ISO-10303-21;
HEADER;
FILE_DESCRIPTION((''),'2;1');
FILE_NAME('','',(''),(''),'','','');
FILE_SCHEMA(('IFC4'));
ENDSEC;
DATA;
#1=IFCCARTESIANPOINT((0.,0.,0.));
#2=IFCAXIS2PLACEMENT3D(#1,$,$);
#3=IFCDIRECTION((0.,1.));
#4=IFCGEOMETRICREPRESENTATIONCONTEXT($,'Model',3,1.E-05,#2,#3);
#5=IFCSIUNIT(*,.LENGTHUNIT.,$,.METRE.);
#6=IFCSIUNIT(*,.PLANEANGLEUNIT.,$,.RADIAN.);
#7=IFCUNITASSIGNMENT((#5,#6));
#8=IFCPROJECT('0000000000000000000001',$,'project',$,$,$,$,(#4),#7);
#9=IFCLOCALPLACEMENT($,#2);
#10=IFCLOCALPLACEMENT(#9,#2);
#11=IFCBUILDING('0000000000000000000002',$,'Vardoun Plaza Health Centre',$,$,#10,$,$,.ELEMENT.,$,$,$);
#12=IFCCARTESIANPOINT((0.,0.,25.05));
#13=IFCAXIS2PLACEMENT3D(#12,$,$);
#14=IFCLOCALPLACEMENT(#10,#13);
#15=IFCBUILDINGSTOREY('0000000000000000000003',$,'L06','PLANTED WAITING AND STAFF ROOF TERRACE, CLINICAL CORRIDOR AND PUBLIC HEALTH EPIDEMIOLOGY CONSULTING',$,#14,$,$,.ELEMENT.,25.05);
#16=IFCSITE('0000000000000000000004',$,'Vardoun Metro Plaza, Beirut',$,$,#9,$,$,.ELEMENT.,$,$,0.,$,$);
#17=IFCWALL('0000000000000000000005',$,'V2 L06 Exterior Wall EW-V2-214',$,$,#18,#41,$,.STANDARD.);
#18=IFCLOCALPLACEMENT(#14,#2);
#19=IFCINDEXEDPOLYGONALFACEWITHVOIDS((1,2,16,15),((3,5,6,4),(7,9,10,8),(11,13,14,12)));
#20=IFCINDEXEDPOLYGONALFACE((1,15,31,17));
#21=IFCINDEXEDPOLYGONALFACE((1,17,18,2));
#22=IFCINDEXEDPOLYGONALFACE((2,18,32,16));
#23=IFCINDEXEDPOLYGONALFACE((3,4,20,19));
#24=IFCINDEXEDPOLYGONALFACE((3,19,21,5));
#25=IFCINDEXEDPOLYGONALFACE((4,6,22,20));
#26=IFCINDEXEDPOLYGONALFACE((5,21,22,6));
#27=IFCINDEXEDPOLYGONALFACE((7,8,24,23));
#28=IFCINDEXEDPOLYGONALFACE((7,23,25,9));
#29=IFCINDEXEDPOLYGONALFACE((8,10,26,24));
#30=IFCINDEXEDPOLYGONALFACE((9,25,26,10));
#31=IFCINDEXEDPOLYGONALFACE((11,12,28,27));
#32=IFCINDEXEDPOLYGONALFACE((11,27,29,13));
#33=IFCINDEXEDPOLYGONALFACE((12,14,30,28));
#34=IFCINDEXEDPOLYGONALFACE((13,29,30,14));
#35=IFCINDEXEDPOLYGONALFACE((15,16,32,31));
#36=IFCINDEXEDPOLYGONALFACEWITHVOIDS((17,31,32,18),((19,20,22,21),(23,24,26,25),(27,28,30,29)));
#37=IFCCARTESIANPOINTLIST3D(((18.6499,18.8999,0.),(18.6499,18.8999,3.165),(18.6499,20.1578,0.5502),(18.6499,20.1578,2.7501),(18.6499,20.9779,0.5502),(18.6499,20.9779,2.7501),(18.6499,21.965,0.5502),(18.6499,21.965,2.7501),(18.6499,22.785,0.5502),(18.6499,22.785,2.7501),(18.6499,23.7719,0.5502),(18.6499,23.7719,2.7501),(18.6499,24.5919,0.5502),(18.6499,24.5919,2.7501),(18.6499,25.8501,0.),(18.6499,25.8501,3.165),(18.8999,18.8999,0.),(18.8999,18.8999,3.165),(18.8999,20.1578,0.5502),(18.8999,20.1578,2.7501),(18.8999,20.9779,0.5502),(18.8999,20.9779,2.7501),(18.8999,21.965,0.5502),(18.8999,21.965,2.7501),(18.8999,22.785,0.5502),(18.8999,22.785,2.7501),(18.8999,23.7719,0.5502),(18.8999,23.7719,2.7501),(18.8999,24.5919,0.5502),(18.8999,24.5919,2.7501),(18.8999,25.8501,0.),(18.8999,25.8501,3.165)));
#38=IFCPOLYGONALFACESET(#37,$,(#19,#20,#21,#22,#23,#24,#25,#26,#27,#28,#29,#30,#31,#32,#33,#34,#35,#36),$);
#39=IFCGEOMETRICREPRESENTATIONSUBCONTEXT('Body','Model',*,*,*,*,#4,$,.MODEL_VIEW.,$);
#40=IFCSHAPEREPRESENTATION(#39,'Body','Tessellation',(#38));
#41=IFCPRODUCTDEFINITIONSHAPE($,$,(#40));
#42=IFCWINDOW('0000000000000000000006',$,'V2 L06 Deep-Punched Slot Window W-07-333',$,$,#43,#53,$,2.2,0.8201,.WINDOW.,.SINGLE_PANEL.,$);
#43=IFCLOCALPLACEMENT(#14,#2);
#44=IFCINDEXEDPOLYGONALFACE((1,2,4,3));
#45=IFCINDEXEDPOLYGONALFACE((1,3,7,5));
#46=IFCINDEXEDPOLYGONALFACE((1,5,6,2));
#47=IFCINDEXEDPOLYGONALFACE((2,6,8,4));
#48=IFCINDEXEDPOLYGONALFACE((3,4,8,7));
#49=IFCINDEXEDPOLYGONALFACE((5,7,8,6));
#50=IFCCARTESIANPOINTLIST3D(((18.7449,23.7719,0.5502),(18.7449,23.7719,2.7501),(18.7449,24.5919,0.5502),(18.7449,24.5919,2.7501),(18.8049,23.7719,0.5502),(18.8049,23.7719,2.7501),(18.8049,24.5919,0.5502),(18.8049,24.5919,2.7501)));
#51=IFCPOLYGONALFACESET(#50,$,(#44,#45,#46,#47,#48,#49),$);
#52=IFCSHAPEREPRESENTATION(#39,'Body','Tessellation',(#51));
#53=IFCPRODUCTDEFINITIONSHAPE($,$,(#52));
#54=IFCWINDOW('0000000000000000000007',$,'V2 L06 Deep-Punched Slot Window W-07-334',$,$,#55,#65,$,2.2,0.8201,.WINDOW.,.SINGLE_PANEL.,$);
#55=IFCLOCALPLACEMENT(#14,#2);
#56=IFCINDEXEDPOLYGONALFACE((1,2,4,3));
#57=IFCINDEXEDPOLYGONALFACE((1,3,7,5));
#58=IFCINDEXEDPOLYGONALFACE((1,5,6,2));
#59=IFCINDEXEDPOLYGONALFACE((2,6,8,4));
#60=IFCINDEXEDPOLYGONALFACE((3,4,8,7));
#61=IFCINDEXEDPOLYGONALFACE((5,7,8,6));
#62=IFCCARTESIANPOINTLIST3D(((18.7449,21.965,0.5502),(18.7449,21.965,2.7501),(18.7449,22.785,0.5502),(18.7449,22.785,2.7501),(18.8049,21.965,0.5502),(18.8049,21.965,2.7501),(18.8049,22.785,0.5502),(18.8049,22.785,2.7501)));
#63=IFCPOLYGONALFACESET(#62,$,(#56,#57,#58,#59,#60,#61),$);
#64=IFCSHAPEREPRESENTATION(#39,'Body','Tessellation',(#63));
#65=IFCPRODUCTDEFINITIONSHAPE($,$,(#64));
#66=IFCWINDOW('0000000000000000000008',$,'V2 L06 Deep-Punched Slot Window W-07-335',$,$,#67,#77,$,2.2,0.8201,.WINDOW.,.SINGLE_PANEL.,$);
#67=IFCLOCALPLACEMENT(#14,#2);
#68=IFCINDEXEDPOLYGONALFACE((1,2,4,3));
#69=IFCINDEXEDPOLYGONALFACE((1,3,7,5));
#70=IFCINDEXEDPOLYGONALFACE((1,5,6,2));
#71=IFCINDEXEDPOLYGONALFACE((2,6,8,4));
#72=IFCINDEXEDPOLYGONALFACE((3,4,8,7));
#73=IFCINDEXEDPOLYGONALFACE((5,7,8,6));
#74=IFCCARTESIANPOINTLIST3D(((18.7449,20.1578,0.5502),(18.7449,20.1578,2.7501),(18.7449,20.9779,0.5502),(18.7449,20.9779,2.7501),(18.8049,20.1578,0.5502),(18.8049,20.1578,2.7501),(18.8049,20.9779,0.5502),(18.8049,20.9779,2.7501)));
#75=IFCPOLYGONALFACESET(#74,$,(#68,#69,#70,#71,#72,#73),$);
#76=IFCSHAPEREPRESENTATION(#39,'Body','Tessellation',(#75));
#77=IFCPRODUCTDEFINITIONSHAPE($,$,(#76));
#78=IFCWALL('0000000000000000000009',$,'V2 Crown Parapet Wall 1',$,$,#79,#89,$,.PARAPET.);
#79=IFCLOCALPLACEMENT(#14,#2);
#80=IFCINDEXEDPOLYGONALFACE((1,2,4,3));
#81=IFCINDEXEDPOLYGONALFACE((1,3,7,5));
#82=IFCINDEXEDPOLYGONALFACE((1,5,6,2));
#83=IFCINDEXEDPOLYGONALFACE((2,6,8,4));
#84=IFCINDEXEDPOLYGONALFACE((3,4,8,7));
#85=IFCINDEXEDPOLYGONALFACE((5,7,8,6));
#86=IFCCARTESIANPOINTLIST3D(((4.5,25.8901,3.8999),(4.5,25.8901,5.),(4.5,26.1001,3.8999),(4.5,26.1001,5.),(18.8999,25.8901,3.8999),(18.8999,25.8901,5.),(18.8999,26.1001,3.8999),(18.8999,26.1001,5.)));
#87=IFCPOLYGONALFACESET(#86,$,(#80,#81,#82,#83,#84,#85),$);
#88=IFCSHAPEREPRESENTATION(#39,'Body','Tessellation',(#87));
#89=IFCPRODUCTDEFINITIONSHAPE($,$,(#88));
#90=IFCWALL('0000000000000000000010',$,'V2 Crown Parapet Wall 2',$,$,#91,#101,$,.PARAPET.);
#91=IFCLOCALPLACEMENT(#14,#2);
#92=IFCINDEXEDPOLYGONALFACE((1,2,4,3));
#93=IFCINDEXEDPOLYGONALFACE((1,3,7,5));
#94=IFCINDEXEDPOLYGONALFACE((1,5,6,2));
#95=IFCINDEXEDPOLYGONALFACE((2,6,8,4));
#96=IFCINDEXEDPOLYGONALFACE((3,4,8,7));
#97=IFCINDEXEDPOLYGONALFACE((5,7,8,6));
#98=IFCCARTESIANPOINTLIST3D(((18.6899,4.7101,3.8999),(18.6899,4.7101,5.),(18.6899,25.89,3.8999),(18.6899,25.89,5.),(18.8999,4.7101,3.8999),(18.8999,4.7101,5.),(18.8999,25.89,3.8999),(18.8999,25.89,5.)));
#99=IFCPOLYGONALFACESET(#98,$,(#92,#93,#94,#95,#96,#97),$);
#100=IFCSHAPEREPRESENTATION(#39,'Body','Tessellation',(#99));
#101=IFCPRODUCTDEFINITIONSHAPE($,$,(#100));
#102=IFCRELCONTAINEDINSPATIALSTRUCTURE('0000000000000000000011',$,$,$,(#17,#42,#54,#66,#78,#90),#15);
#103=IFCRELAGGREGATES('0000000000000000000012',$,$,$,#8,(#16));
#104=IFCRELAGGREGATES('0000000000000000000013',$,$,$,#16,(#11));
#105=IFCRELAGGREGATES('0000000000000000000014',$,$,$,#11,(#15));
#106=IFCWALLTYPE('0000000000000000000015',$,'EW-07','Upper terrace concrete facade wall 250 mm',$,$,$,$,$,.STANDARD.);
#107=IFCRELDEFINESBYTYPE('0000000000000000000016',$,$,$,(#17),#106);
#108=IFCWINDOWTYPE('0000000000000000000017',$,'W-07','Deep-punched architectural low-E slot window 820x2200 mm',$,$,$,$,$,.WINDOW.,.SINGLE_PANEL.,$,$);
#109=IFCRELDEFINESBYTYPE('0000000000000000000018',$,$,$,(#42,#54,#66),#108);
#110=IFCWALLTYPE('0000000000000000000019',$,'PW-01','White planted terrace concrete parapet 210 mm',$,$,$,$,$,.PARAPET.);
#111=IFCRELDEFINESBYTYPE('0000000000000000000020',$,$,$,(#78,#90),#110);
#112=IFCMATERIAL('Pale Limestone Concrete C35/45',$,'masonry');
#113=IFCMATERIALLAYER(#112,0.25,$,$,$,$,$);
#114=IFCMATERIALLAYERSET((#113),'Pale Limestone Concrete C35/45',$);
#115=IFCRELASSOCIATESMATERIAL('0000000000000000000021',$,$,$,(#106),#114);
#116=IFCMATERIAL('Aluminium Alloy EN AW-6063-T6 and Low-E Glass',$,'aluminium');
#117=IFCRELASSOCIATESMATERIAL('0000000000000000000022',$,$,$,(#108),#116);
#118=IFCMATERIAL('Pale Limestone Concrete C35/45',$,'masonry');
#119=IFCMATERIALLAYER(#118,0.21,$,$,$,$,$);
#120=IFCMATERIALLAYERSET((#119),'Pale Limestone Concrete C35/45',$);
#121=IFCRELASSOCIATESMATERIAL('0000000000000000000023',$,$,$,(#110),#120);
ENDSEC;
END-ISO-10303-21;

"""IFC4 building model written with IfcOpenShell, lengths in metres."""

from ifc_helpers import new_model, si_unit, direction, frame, frame_2d, origin, place, context, subcontext, project, spatial, rectangle, extrude, material, layer, layer_set, type_object, element, fill, save


model = new_model("IFC4")

# Units and contexts
model_context = context("Model", 3, precision=1e-05, world=origin(), true_north=direction((0.0, 1.0)))
body_context = subcontext(model_context, "Body", "Model", "MODEL_VIEW")
ifc_project = project(units=[si_unit("LENGTHUNIT", "METRE"), si_unit("PLANEANGLEUNIT", "RADIAN")], contexts=[model_context])

# Site, building, storey
site_placement = place(None, origin())
site = spatial("IfcSite", under=ifc_project, at=site_placement, Name="Vardoun Metro Plaza, Beirut", CompositionType="ELEMENT", RefElevation=0.0)
building_placement = place(site_placement, origin())
building = spatial("IfcBuilding", under=site, at=building_placement, Name="Vardoun Plaza Health Centre", CompositionType="ELEMENT")
storey_placement = place(building_placement, frame((0.0, 0.0, 25.05)))
storey = spatial("IfcBuildingStorey", under=building, at=storey_placement, Name="L06", Description="PLANTED WAITING AND STAFF ROOF TERRACE, CLINICAL CORRIDOR AND PUBLIC HEALTH EPIDEMIOLOGY CONSULTING", CompositionType="ELEMENT", Elevation=25.05)

# Shared definitions
ifc_material_1 = material(Name="Pale Limestone Concrete C35/45", Category="masonry")
ifc_layer_1 = layer(ifc_material_1, 0.25)
ifc_layer_set_1 = layer_set([ifc_layer_1], Name="Pale Limestone Concrete C35/45")
wall_type_1 = type_object("IfcWallType", Name="EW-07", Description="Upper terrace concrete facade wall 250 mm", PredefinedType="STANDARD", material=ifc_layer_set_1)

# Wall, openings, windows
wall_1_placement = place(storey_placement, frame((18.7749, 25.8501, 0.0), z_axis=(0.0, 0.0, 1.0), x_axis=(0.0, -1.0, 0.0)))
wall_1 = element("IfcWall", 1, at=wall_1_placement, inside=storey, type_object=wall_type_1, Name="V2 L06 Exterior Wall EW-V2-214", PredefinedType="STANDARD", context=body_context, shape_type="SweptSolid", body=[
    extrude(rectangle(XDim=6.9502, YDim=0.25, at=frame_2d((3.4751, 0.0))), origin(), (0.0, 0.0, 1.0), 3.165),
])
opening_1_placement = place(wall_1_placement, frame((1.2581, 0.0, 0.55)))
opening_1 = element("IfcOpeningElement", 2, at=opening_1_placement, cuts=wall_1, PredefinedType="OPENING", context=body_context, shape_type="SweptSolid", body=[
    extrude(rectangle(XDim=0.8201, YDim=2.2, at=frame_2d((0.4102, 1.1001))), frame((0.0, 0.125, 0.0), z_axis=(0.0, -1.0, 0.0), x_axis=(1.0, 0.0, 0.0)), (0.0, 0.0, 1.0), 0.25),
])
opening_2_placement = place(wall_1_placement, frame((3.0649, 0.0, 0.55)))
opening_2 = element("IfcOpeningElement", 3, at=opening_2_placement, cuts=wall_1, PredefinedType="OPENING", context=body_context, shape_type="SweptSolid", body=[
    extrude(rectangle(XDim=0.8201, YDim=2.2, at=frame_2d((0.4102, 1.1001))), frame((0.0, 0.125, 0.0), z_axis=(0.0, -1.0, 0.0), x_axis=(1.0, 0.0, 0.0)), (0.0, 0.0, 1.0), 0.25),
])
opening_3_placement = place(wall_1_placement, frame((4.8721, 0.0, 0.55)))
opening_3 = element("IfcOpeningElement", 4, at=opening_3_placement, cuts=wall_1, PredefinedType="OPENING", context=body_context, shape_type="SweptSolid", body=[
    extrude(rectangle(XDim=0.8201, YDim=2.2, at=frame_2d((0.4102, 1.1001))), frame((0.0, 0.125, 0.0), z_axis=(0.0, -1.0, 0.0), x_axis=(1.0, 0.0, 0.0)), (0.0, 0.0, 1.0), 0.25),
])
ifc_material_2 = material(Name="Aluminium Alloy EN AW-6063-T6 and Low-E Glass", Category="aluminium")
window_type_1 = type_object("IfcWindowType", Name="W-07", Description="Deep-punched architectural low-E slot window 820x2200 mm", PartitioningType="SINGLE_PANEL", PredefinedType="WINDOW", material=ifc_material_2)
window_1_placement = place(opening_1_placement, origin())
window_1 = element("IfcWindow", 5, at=window_1_placement, inside=storey, type_object=window_type_1, Name="V2 L06 Deep-Punched Slot Window W-07-333", OverallHeight=2.2, OverallWidth=0.8201, PartitioningType="SINGLE_PANEL", PredefinedType="WINDOW", context=body_context, shape_type="SweptSolid", body=[
    extrude(rectangle(XDim=0.8201, YDim=2.2, at=frame_2d((0.4102, 1.1001))), frame((0.0, 0.03, 0.0), z_axis=(0.0, -1.0, 0.0), x_axis=(1.0, 0.0, 0.0)), (0.0, 0.0, 1.0), 0.0601),
])
fill(opening_1, window_1)
window_2_placement = place(opening_2_placement, origin())
window_2 = element("IfcWindow", 6, at=window_2_placement, inside=storey, type_object=window_type_1, Name="V2 L06 Deep-Punched Slot Window W-07-334", OverallHeight=2.2, OverallWidth=0.8201, PartitioningType="SINGLE_PANEL", PredefinedType="WINDOW", context=body_context, shape_type="SweptSolid", body=[
    extrude(rectangle(XDim=0.8201, YDim=2.2, at=frame_2d((0.4102, 1.1001))), frame((0.0, 0.03, 0.0), z_axis=(0.0, -1.0, 0.0), x_axis=(1.0, 0.0, 0.0)), (0.0, 0.0, 1.0), 0.0601),
])
fill(opening_2, window_2)
window_3_placement = place(opening_3_placement, origin())
window_3 = element("IfcWindow", 7, at=window_3_placement, inside=storey, type_object=window_type_1, Name="V2 L06 Deep-Punched Slot Window W-07-335", OverallHeight=2.2, OverallWidth=0.8201, PartitioningType="SINGLE_PANEL", PredefinedType="WINDOW", context=body_context, shape_type="SweptSolid", body=[
    extrude(rectangle(XDim=0.8201, YDim=2.2, at=frame_2d((0.4102, 1.1001))), frame((0.0, 0.03, 0.0), z_axis=(0.0, -1.0, 0.0), x_axis=(1.0, 0.0, 0.0)), (0.0, 0.0, 1.0), 0.0601),
])
fill(opening_3, window_3)

# Walls
ifc_material_3 = material(Name="Pale Limestone Concrete C35/45", Category="masonry")
ifc_layer_2 = layer(ifc_material_3, 0.21)
ifc_layer_set_2 = layer_set([ifc_layer_2], Name="Pale Limestone Concrete C35/45")
wall_type_2 = type_object("IfcWallType", Name="PW-01", Description="White planted terrace concrete parapet 210 mm", PredefinedType="PARAPET", material=ifc_layer_set_2)
wall_2_placement = place(storey_placement, frame((4.5, 25.9951, 3.8999), z_axis=(0.0, 0.0, 1.0), x_axis=(1.0, 0.0, 0.0)))
element("IfcWall", 8, at=wall_2_placement, inside=storey, type_object=wall_type_2, Name="V2 Crown Parapet Wall 1", PredefinedType="PARAPET", context=body_context, shape_type="SweptSolid", body=[
    extrude(rectangle(XDim=14.3999, YDim=0.21, at=frame_2d((7.2, 0.0))), origin(), (0.0, 0.0, 1.0), 1.1001),
])
wall_3_placement = place(storey_placement, frame((18.7949, 25.8899, 3.8999), z_axis=(0.0, 0.0, 1.0), x_axis=(0.0, -1.0, 0.0)))
element("IfcWall", 9, at=wall_3_placement, inside=storey, type_object=wall_type_2, Name="V2 Crown Parapet Wall 2", PredefinedType="PARAPET", context=body_context, shape_type="SweptSolid", body=[
    extrude(rectangle(XDim=21.1799, YDim=0.21, at=frame_2d((10.5898, 0.0))), origin(), (0.0, 0.0, 1.0), 1.1001),
])

save(model, "model.ifc")
